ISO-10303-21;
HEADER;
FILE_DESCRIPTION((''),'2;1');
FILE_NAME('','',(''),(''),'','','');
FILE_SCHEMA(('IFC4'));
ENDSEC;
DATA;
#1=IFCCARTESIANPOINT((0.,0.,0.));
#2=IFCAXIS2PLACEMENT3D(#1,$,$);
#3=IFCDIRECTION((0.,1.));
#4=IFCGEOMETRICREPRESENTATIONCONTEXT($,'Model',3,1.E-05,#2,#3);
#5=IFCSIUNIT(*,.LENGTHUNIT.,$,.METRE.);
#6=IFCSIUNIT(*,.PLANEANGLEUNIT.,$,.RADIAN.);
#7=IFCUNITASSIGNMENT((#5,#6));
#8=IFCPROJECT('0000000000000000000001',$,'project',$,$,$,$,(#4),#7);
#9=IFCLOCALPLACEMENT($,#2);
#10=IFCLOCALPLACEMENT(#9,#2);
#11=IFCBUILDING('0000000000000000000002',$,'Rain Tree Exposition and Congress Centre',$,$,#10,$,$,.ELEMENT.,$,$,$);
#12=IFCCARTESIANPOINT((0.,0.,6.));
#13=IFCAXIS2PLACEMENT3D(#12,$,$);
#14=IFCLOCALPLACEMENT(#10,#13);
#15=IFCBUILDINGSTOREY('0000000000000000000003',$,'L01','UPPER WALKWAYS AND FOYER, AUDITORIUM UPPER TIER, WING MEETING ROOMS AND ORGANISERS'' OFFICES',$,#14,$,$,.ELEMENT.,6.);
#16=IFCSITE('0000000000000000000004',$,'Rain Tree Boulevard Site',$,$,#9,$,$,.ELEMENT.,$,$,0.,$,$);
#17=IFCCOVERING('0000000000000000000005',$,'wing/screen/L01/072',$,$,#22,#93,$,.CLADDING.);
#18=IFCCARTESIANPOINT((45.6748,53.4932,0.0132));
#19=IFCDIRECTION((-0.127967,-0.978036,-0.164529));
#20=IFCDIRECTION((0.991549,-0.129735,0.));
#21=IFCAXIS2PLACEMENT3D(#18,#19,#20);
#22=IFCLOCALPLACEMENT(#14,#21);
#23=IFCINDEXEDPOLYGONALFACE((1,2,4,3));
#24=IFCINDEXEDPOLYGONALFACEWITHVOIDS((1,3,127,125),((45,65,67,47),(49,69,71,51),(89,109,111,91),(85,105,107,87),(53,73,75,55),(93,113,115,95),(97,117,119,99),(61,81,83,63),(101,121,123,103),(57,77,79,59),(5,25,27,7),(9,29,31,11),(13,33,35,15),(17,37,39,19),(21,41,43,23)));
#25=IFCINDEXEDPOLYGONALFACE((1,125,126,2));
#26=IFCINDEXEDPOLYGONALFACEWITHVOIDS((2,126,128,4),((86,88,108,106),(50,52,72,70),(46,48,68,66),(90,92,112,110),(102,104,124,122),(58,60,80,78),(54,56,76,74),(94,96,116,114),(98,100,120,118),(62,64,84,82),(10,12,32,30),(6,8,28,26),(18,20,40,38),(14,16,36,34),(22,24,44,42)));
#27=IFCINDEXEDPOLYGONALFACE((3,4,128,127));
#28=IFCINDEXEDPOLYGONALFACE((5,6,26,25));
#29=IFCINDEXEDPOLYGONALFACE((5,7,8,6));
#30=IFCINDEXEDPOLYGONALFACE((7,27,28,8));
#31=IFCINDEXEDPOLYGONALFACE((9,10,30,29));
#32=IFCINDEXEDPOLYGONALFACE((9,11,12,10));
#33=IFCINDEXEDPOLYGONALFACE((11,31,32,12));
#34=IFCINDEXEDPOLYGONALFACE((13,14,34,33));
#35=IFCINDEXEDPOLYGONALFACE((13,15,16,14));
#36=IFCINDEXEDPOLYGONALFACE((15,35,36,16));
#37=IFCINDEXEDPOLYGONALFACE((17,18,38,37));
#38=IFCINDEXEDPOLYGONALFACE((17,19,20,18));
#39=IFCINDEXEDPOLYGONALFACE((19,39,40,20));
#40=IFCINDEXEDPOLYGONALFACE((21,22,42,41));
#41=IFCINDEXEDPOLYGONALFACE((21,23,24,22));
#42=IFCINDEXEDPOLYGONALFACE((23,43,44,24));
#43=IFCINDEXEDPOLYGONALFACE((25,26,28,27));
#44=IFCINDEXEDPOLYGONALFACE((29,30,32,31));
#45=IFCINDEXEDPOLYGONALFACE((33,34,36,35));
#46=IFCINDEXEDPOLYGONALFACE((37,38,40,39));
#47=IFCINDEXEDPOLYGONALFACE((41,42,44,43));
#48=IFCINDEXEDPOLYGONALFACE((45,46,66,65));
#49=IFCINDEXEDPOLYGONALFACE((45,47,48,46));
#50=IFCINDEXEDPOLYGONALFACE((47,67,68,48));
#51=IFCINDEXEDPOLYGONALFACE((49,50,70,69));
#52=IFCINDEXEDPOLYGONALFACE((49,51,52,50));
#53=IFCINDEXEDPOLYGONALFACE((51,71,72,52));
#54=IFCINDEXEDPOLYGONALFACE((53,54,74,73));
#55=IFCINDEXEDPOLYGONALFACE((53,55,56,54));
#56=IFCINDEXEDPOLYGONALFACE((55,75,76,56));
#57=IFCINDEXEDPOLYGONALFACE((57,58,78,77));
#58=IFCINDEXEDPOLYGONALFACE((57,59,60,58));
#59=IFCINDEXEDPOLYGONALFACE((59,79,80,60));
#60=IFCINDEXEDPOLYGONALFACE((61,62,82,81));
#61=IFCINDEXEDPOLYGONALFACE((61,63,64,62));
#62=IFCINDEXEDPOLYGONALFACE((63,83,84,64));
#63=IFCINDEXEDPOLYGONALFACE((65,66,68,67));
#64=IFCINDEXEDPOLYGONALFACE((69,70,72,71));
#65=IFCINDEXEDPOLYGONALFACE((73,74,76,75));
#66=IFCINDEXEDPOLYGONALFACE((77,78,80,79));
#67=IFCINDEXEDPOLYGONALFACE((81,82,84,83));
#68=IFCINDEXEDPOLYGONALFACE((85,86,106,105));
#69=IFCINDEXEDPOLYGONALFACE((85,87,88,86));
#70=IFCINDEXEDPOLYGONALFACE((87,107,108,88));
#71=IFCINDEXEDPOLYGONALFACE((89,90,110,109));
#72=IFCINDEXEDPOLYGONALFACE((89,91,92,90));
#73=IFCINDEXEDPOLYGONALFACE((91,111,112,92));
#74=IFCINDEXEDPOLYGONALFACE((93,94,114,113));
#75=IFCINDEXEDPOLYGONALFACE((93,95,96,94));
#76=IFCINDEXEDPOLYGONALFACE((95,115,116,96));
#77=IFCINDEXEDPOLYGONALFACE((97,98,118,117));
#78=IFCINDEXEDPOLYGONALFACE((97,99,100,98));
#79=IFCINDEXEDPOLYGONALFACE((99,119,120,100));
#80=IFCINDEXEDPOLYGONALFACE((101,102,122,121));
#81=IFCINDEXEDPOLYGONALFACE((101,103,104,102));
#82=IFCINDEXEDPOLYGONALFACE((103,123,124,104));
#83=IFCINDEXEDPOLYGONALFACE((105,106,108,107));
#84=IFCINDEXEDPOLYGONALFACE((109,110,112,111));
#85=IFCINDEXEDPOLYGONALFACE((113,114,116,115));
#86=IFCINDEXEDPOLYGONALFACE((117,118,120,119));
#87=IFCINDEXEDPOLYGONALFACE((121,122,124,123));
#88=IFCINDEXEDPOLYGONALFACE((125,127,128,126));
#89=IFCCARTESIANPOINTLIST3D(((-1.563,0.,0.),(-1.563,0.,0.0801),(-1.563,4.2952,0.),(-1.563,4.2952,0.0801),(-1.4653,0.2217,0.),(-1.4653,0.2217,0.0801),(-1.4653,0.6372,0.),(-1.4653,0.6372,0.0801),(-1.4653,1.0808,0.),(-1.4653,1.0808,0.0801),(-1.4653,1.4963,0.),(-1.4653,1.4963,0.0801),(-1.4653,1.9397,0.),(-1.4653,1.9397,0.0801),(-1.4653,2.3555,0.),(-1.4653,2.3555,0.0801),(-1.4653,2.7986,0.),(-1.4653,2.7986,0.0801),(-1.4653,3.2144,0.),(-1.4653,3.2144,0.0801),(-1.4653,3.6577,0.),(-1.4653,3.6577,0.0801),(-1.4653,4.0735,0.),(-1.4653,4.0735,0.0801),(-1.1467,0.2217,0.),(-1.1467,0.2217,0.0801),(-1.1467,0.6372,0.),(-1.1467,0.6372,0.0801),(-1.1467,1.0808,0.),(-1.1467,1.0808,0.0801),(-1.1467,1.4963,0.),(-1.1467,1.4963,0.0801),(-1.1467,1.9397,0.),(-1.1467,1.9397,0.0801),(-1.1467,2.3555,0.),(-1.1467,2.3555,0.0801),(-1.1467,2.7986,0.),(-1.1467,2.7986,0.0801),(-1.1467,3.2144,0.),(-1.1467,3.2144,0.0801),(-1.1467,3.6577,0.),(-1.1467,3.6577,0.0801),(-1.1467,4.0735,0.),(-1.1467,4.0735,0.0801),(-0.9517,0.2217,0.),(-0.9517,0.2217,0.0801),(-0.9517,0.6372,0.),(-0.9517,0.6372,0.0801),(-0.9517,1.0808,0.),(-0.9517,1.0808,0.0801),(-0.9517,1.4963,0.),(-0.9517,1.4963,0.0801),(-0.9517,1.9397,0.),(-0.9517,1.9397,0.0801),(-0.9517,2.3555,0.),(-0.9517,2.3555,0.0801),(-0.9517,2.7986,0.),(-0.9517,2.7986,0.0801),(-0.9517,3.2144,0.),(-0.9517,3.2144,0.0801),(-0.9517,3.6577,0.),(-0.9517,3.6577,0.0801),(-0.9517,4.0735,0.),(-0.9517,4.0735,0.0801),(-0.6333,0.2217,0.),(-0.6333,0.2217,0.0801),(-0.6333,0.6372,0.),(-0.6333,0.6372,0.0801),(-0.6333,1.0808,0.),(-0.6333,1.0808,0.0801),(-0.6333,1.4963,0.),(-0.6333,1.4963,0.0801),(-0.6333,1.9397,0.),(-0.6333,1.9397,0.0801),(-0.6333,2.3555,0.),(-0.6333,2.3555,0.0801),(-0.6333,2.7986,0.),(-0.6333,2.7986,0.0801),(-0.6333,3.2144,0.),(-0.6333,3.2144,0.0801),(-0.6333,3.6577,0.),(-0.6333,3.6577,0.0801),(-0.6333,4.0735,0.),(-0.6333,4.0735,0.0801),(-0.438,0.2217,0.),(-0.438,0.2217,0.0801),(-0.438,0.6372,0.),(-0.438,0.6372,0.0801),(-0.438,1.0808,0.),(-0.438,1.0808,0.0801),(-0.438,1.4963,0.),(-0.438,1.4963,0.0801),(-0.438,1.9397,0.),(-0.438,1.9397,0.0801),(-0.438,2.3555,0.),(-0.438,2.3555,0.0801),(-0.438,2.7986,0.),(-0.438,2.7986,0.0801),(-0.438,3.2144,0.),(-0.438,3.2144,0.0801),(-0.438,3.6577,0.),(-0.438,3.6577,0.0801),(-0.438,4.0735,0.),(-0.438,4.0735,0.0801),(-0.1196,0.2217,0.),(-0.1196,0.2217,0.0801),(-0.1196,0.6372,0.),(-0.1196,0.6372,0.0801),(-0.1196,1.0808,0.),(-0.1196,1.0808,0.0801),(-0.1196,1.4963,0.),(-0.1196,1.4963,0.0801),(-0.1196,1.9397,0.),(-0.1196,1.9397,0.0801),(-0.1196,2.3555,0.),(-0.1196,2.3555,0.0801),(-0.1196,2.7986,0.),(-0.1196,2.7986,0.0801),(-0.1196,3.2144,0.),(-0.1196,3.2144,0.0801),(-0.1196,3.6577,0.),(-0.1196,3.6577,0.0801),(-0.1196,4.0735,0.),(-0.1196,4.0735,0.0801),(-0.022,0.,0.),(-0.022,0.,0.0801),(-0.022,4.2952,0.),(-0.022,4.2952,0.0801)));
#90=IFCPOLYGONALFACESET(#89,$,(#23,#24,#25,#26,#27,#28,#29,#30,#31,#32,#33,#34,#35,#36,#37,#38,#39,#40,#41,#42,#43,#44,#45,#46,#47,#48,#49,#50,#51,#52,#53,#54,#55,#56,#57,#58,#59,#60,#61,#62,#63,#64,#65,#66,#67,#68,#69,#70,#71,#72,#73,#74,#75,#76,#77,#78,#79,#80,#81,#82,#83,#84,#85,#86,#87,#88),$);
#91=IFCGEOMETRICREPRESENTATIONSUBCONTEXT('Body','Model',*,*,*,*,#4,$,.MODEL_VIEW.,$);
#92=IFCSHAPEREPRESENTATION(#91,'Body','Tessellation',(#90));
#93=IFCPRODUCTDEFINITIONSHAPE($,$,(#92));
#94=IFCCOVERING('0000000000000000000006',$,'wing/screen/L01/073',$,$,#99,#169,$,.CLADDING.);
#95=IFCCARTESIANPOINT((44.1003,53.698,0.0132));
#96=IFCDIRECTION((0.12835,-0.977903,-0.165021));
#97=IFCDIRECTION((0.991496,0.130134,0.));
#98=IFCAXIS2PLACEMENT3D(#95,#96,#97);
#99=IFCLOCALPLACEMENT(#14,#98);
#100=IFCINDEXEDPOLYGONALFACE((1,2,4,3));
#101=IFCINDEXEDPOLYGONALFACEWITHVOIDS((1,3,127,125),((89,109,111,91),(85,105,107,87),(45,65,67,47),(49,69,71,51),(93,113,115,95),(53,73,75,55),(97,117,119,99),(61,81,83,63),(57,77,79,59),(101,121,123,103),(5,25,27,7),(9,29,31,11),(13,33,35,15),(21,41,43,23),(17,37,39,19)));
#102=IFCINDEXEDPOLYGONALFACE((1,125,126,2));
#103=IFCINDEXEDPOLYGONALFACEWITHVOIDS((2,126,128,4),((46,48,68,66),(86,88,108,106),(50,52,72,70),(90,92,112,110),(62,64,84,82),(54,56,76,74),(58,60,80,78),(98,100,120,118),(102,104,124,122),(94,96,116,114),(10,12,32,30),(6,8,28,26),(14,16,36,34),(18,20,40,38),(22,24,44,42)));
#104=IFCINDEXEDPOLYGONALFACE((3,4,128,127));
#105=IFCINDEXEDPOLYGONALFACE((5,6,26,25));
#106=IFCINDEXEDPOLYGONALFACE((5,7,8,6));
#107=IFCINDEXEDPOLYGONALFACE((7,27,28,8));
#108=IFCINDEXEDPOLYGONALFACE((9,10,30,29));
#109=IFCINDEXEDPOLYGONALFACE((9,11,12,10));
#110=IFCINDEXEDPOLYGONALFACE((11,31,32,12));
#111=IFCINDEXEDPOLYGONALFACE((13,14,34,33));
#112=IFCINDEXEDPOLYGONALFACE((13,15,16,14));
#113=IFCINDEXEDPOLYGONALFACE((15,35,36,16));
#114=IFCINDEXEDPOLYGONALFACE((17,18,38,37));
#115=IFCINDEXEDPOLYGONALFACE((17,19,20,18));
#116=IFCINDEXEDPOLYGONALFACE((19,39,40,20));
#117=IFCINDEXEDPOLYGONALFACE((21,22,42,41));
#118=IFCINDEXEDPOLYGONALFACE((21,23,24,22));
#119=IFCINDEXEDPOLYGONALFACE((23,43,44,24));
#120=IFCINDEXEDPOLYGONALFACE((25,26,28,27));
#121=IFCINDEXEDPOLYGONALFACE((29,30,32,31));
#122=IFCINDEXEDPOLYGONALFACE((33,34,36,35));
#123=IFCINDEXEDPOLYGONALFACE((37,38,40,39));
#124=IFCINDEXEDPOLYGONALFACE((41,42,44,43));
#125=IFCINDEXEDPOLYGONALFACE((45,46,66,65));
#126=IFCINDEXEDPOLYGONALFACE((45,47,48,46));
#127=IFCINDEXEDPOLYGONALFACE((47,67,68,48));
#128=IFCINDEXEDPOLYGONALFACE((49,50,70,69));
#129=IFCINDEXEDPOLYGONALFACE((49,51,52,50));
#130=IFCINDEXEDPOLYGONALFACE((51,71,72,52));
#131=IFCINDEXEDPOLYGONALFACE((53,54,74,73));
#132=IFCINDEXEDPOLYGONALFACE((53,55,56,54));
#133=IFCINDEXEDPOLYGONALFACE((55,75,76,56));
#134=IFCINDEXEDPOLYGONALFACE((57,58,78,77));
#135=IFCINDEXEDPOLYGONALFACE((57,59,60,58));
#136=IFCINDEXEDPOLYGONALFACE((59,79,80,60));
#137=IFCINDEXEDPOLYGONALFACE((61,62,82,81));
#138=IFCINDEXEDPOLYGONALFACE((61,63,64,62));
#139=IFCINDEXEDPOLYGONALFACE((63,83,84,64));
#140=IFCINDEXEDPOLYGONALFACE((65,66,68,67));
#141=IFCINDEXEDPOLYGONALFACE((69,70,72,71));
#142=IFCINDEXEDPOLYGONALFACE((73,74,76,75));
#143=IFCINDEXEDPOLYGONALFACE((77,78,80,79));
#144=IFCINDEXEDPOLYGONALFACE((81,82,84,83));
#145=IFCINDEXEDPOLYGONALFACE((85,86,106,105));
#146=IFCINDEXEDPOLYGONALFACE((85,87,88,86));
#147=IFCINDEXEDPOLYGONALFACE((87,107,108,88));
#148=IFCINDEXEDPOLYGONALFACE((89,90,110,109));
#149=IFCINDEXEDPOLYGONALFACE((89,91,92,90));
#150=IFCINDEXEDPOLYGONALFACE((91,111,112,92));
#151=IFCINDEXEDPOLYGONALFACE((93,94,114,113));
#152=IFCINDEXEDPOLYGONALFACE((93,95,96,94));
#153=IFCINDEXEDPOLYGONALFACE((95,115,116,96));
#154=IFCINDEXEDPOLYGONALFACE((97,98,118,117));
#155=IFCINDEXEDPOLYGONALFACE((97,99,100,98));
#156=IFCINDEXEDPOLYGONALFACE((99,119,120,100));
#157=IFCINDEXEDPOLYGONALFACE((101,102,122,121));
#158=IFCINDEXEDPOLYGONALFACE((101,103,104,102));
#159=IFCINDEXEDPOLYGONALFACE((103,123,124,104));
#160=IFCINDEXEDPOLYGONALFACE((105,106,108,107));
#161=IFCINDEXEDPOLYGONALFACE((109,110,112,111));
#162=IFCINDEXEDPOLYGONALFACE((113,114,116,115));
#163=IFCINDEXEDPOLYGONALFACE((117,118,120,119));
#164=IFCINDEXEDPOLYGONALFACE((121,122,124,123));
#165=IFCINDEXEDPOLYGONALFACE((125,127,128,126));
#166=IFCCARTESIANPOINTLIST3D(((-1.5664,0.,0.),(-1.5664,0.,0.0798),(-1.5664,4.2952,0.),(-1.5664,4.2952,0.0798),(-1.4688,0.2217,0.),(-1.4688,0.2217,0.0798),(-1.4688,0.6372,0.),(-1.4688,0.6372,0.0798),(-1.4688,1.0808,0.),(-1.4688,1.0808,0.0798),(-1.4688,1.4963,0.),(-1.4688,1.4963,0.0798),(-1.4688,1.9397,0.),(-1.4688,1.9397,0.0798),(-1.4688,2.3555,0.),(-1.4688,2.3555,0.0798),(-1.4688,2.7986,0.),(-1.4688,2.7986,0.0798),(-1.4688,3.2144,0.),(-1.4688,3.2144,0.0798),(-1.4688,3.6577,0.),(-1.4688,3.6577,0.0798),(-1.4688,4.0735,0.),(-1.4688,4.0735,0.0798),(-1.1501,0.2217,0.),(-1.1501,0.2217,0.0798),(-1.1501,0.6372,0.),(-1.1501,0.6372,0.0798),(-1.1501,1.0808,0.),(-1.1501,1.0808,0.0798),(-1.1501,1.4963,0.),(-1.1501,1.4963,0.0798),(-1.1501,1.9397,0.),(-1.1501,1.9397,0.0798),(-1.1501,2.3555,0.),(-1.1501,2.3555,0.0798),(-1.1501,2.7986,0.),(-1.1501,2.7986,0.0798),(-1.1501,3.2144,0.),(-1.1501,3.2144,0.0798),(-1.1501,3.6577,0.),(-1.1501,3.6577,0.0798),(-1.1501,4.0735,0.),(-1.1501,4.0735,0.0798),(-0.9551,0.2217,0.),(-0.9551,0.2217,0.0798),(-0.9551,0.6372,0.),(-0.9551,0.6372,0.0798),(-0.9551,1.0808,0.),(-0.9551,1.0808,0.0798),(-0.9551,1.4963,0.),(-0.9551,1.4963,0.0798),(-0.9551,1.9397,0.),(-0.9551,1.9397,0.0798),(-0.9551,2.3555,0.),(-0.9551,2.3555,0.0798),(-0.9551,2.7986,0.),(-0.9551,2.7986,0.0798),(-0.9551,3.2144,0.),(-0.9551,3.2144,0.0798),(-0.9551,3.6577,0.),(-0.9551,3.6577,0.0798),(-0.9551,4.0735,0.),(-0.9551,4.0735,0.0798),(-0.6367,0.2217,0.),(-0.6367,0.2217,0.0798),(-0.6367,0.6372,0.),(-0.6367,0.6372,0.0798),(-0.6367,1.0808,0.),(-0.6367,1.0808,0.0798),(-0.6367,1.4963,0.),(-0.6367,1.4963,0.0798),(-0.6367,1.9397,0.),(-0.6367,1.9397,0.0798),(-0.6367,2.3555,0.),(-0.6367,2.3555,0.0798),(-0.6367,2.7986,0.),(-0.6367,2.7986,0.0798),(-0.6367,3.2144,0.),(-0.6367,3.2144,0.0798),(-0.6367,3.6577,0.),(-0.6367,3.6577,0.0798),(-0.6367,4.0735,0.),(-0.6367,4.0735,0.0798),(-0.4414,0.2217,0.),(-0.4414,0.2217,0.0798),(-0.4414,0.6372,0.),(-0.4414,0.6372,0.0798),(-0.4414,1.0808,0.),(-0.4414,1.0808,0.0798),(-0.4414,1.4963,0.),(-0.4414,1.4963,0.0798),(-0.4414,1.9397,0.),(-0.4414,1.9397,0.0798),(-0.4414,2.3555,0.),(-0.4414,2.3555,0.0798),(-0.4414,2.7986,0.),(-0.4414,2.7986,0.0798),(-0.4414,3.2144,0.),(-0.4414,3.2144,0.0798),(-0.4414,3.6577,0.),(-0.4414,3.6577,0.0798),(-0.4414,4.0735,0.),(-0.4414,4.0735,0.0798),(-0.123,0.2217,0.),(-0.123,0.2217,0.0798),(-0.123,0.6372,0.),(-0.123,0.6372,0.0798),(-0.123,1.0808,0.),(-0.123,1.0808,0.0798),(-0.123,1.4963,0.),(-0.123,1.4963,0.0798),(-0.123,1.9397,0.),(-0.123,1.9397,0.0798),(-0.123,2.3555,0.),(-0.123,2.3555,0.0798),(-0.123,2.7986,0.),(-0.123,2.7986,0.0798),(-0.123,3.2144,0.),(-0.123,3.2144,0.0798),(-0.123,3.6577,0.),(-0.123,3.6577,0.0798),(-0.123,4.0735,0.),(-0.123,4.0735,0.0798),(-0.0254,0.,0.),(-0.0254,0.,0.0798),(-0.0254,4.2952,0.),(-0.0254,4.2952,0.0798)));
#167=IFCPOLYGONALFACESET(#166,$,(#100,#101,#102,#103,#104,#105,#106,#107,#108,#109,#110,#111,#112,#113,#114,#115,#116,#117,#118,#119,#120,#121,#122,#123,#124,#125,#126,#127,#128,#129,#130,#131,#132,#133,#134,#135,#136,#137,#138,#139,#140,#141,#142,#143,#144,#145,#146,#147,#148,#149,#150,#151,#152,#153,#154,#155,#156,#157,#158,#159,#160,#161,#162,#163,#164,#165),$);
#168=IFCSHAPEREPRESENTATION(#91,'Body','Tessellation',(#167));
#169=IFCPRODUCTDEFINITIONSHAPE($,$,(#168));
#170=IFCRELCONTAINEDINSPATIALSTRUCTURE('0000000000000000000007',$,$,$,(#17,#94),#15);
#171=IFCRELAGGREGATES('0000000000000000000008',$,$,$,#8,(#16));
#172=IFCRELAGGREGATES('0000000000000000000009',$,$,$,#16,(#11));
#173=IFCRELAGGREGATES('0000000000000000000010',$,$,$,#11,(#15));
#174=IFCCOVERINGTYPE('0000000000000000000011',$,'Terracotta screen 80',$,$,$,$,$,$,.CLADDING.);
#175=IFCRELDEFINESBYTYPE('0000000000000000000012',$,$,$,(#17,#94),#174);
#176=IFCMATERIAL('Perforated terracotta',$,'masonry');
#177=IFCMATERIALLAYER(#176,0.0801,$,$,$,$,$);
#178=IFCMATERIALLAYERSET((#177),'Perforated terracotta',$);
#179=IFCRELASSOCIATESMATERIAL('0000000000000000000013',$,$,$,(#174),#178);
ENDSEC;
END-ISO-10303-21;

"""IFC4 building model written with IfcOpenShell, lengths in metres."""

from ifc_helpers import new_model, si_unit, direction, frame, origin, place, context, subcontext, project, spatial, polyline, outline, extrude, material, layer, layer_set, type_object, element, save


model = new_model("IFC4")

# Units and contexts
model_context = context("Model", 3, precision=1e-05, world=origin(), true_north=direction((0.0, 1.0)))
body_context = subcontext(model_context, "Body", "Model", "MODEL_VIEW")
ifc_project = project(units=[si_unit("LENGTHUNIT", "METRE"), si_unit("PLANEANGLEUNIT", "RADIAN")], contexts=[model_context])

# Site, building, storey
site_placement = place(None, origin())
site = spatial("IfcSite", under=ifc_project, at=site_placement, Name="Rain Tree Boulevard Site", CompositionType="ELEMENT", RefElevation=0.0)
building_placement = place(site_placement, origin())
building = spatial("IfcBuilding", under=site, at=building_placement, Name="Rain Tree Exposition and Congress Centre", CompositionType="ELEMENT")
storey_placement = place(building_placement, frame((0.0, 0.0, 6.0)))
storey = spatial("IfcBuildingStorey", under=building, at=storey_placement, Name="L01", Description="UPPER WALKWAYS AND FOYER, AUDITORIUM UPPER TIER, WING MEETING ROOMS AND ORGANISERS' OFFICES", CompositionType="ELEMENT", Elevation=6.0)

# Coverings
ifc_material_1 = material(Name="Perforated terracotta", Category="masonry")
ifc_layer_1 = layer(ifc_material_1, 0.0801)
ifc_layer_set_1 = layer_set([ifc_layer_1], Name="Perforated terracotta")
covering_type = type_object("IfcCoveringType", Name="Terracotta screen 80", PredefinedType="CLADDING", material=ifc_layer_set_1)
covering_1_placement = place(storey_placement, frame((45.6748, 53.4932, 0.0132), z_axis=(-0.127967, -0.978036, -0.164529), x_axis=(0.991549, -0.129735, 0.0)))
element("IfcCovering", 1, at=covering_1_placement, inside=storey, type_object=covering_type, Name="wing/screen/L01/072", PredefinedType="CLADDING", context=body_context, shape_type="SweptSolid", body=[
    extrude(outline(polyline([(-1.563, 0.0), (-1.563, 4.2952), (-0.022, 4.2952), (-0.022, 0.0), (-1.563, 0.0)]), holes=[polyline([(-0.1196, 0.2217), (-0.1196, 0.6372), (-0.438, 0.6372), (-0.438, 0.2217), (-0.1196, 0.2217)]), polyline([(-0.1196, 1.0808), (-0.1196, 1.4963), (-0.438, 1.4963), (-0.438, 1.0808), (-0.1196, 1.0808)]), polyline([(-0.1196, 1.9397), (-0.1196, 2.3555), (-0.438, 2.3555), (-0.438, 1.9397), (-0.1196, 1.9397)]), polyline([(-0.1196, 2.7986), (-0.1196, 3.2144), (-0.438, 3.2144), (-0.438, 2.7986), (-0.1196, 2.7986)]), polyline([(-0.1196, 3.6577), (-0.1196, 4.0735), (-0.438, 4.0735), (-0.438, 3.6577), (-0.1196, 3.6577)]), polyline([(-0.6333, 0.2217), (-0.6333, 0.6372), (-0.9517, 0.6372), (-0.9517, 0.2217), (-0.6333, 0.2217)]), polyline([(-0.6333, 1.0808), (-0.6333, 1.4963), (-0.9517, 1.4963), (-0.9517, 1.0808), (-0.6333, 1.0808)]), polyline([(-0.6333, 1.9397), (-0.6333, 2.3555), (-0.9517, 2.3555), (-0.9517, 1.9397), (-0.6333, 1.9397)]), polyline([(-0.6333, 2.7986), (-0.6333, 3.2144), (-0.9517, 3.2144), (-0.9517, 2.7986), (-0.6333, 2.7986)]), polyline([(-0.6333, 3.6577), (-0.6333, 4.0735), (-0.9517, 4.0735), (-0.9517, 3.6577), (-0.6333, 3.6577)]), polyline([(-1.1467, 0.2217), (-1.1467, 0.6372), (-1.4653, 0.6372), (-1.4653, 0.2217), (-1.1467, 0.2217)]), polyline([(-1.1467, 1.0808), (-1.1467, 1.4963), (-1.4653, 1.4963), (-1.4653, 1.0808), (-1.1467, 1.0808)]), polyline([(-1.1467, 1.9397), (-1.1467, 2.3555), (-1.4653, 2.3555), (-1.4653, 1.9397), (-1.1467, 1.9397)]), polyline([(-1.1467, 2.7986), (-1.1467, 3.2144), (-1.4653, 3.2144), (-1.4653, 2.7986), (-1.1467, 2.7986)]), polyline([(-1.1467, 3.6577), (-1.1467, 4.0735), (-1.4653, 4.0735), (-1.4653, 3.6577), (-1.1467, 3.6577)])]), origin(), (0.0, 0.0, 1.0), 0.0801),
])
covering_2_placement = place(storey_placement, frame((44.1003, 53.698, 0.0132), z_axis=(0.12835, -0.977903, -0.165021), x_axis=(0.991496, 0.130134, 0.0)))
element("IfcCovering", 2, at=covering_2_placement, inside=storey, type_object=covering_type, Name="wing/screen/L01/073", PredefinedType="CLADDING", context=body_context, shape_type="SweptSolid", body=[
    extrude(outline(polyline([(-1.5664, 0.0), (-1.5664, 4.2952), (-0.0254, 4.2952), (-0.0254, 0.0), (-1.5664, 0.0)]), holes=[polyline([(-0.123, 0.2217), (-0.123, 0.6372), (-0.4414, 0.6372), (-0.4414, 0.2217), (-0.123, 0.2217)]), polyline([(-0.123, 1.0808), (-0.123, 1.4963), (-0.4414, 1.4963), (-0.4414, 1.0808), (-0.123, 1.0808)]), polyline([(-0.123, 1.9397), (-0.123, 2.3555), (-0.4414, 2.3555), (-0.4414, 1.9397), (-0.123, 1.9397)]), polyline([(-0.123, 2.7986), (-0.123, 3.2144), (-0.4414, 3.2144), (-0.4414, 2.7986), (-0.123, 2.7986)]), polyline([(-0.123, 3.6577), (-0.123, 4.0735), (-0.4414, 4.0735), (-0.4414, 3.6577), (-0.123, 3.6577)]), polyline([(-0.6367, 0.2217), (-0.6367, 0.6372), (-0.9551, 0.6372), (-0.9551, 0.2217), (-0.6367, 0.2217)]), polyline([(-0.6367, 1.0808), (-0.6367, 1.4963), (-0.9551, 1.4963), (-0.9551, 1.0808), (-0.6367, 1.0808)]), polyline([(-0.6367, 1.9397), (-0.6367, 2.3555), (-0.9551, 2.3555), (-0.9551, 1.9397), (-0.6367, 1.9397)]), polyline([(-0.6367, 2.7986), (-0.6367, 3.2144), (-0.9551, 3.2144), (-0.9551, 2.7986), (-0.6367, 2.7986)]), polyline([(-0.6367, 3.6577), (-0.6367, 4.0735), (-0.9551, 4.0735), (-0.9551, 3.6577), (-0.6367, 3.6577)]), polyline([(-1.1501, 0.2217), (-1.1501, 0.6372), (-1.4688, 0.6372), (-1.4688, 0.2217), (-1.1501, 0.2217)]), polyline([(-1.1501, 1.0808), (-1.1501, 1.4963), (-1.4688, 1.4963), (-1.4688, 1.0808), (-1.1501, 1.0808)]), polyline([(-1.1501, 1.9397), (-1.1501, 2.3555), (-1.4688, 2.3555), (-1.4688, 1.9397), (-1.1501, 1.9397)]), polyline([(-1.1501, 2.7986), (-1.1501, 3.2144), (-1.4688, 3.2144), (-1.4688, 2.7986), (-1.1501, 2.7986)]), polyline([(-1.1501, 3.6577), (-1.1501, 4.0735), (-1.4688, 4.0735), (-1.4688, 3.6577), (-1.1501, 3.6577)])]), origin(), (0.0, 0.0, 1.0), 0.0798),
])

save(model, "model.ifc")
